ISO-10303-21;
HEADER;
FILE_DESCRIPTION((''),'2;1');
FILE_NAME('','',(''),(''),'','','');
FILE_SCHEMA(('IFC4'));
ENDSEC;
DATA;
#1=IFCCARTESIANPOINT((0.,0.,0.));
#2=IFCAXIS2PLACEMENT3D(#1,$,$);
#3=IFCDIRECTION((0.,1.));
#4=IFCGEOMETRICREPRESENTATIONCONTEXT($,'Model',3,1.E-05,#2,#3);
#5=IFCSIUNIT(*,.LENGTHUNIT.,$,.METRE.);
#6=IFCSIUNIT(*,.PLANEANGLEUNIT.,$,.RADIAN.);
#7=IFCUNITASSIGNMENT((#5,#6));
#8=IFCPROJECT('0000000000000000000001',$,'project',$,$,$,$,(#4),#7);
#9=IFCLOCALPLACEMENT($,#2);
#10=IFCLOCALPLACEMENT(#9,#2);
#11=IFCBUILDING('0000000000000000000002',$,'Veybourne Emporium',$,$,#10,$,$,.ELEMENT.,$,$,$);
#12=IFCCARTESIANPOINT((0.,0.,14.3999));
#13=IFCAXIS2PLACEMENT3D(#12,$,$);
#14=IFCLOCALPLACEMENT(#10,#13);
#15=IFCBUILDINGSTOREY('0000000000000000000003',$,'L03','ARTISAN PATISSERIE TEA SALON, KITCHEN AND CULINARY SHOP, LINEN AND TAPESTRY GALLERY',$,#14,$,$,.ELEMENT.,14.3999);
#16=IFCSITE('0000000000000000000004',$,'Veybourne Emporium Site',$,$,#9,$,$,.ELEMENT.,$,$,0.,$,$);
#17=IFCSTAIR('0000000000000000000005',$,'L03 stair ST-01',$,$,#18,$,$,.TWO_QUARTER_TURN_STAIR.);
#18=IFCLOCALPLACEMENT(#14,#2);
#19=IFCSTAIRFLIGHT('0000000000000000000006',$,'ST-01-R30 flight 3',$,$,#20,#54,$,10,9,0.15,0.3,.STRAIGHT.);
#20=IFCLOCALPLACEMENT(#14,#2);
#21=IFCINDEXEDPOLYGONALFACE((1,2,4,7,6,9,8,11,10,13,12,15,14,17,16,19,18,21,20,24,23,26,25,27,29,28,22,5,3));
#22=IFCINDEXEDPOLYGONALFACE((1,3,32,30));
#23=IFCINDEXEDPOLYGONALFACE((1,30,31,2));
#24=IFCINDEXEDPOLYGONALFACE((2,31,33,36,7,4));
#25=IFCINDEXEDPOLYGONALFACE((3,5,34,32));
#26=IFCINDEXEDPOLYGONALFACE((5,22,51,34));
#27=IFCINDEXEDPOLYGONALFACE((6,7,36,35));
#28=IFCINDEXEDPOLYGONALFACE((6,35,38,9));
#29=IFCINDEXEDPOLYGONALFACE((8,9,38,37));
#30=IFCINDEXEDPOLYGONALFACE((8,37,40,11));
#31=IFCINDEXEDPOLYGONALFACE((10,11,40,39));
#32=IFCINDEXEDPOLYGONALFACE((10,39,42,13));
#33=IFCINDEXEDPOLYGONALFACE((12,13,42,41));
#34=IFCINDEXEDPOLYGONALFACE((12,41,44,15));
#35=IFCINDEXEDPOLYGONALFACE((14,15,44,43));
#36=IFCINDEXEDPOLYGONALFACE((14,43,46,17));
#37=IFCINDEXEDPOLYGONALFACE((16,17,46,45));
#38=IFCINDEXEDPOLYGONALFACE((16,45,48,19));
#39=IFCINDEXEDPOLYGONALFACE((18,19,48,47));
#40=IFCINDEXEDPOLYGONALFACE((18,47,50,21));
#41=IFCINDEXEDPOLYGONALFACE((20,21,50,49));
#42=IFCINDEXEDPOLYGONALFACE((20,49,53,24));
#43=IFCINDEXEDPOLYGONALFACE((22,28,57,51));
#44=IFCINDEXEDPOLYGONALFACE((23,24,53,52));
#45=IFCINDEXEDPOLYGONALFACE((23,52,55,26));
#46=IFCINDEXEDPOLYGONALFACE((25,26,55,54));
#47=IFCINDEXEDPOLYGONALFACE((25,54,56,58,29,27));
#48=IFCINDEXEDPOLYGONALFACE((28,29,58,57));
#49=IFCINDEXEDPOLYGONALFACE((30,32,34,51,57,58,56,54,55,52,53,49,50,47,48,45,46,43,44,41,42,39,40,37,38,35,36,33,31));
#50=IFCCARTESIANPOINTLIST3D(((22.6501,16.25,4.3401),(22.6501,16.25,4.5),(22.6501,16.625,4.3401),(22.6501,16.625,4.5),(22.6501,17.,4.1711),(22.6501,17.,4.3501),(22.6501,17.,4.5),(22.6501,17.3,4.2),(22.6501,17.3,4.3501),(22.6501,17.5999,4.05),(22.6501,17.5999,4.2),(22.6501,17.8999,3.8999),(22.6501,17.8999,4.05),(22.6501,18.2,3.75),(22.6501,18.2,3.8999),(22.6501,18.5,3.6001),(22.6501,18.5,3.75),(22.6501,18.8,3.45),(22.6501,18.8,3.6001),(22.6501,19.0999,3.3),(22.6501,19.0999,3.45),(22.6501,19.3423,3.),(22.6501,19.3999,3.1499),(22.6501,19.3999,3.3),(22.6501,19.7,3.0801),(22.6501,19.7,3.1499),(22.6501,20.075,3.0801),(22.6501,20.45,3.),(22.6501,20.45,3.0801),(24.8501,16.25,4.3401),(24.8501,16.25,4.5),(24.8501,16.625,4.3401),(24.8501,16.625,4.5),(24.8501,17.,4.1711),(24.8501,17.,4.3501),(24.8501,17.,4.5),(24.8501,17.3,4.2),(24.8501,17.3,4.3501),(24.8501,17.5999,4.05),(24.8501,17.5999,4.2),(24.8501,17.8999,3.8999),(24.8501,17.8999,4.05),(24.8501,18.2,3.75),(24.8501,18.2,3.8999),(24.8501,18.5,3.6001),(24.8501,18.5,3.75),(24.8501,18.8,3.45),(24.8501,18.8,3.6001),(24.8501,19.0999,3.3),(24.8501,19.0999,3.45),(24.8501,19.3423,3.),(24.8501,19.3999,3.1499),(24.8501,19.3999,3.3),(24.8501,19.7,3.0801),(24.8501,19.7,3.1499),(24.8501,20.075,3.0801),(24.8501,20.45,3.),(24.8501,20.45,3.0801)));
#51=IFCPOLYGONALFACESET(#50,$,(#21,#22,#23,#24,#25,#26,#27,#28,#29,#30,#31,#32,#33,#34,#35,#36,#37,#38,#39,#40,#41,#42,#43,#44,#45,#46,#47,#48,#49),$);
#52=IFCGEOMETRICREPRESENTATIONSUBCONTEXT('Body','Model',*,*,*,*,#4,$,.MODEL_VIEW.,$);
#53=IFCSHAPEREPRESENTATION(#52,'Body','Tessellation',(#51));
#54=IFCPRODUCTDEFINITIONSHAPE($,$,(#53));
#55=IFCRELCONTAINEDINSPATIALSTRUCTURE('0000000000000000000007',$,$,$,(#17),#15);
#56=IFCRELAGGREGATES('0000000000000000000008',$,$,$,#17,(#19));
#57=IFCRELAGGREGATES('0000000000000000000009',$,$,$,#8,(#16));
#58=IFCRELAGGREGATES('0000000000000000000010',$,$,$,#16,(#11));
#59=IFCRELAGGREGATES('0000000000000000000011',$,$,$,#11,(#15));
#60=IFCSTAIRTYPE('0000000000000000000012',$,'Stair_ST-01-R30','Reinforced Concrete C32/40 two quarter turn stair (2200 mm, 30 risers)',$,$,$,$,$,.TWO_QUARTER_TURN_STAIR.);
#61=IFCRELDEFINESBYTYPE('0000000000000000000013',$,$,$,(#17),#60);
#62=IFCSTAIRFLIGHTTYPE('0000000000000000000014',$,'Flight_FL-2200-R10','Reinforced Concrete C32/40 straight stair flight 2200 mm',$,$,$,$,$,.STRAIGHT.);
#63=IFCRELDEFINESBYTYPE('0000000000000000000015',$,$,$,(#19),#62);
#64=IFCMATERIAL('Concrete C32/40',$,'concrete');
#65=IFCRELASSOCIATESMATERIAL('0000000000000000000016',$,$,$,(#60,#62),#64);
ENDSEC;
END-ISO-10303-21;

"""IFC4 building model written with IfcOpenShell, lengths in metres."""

from ifc_helpers import new_model, si_unit, direction, frame, origin, place, context, subcontext, project, spatial, polyline, outline, extrude, material, type_object, element, aggregate, save


model = new_model("IFC4")

# Units and contexts
model_context = context("Model", 3, precision=1e-05, world=origin(), true_north=direction((0.0, 1.0)))
body_context = subcontext(model_context, "Body", "Model", "MODEL_VIEW")
ifc_project = project(units=[si_unit("LENGTHUNIT", "METRE"), si_unit("PLANEANGLEUNIT", "RADIAN")], contexts=[model_context])

# Site, building, storey
site_placement = place(None, origin())
site = spatial("IfcSite", under=ifc_project, at=site_placement, Name="Veybourne Emporium Site", CompositionType="ELEMENT", RefElevation=0.0)
building_placement = place(site_placement, origin())
building = spatial("IfcBuilding", under=site, at=building_placement, Name="Veybourne Emporium", CompositionType="ELEMENT")
storey_placement = place(building_placement, frame((0.0, 0.0, 14.3999)))
storey = spatial("IfcBuildingStorey", under=building, at=storey_placement, Name="L03", Description="ARTISAN PATISSERIE TEA SALON, KITCHEN AND CULINARY SHOP, LINEN AND TAPESTRY GALLERY", CompositionType="ELEMENT", Elevation=14.3999)

# Shared definitions
ifc_material_1 = material(Name="Concrete C32/40", Category="concrete")

# Stair, stair flight
stair_type = type_object("IfcStairType", Name="Stair_ST-01-R30", Description="Reinforced Concrete C32/40 two quarter turn stair (2200 mm, 30 risers)", PredefinedType="TWO_QUARTER_TURN_STAIR", material=ifc_material_1)
stair_placement = place(storey_placement, origin())
stair = element("IfcStair", 1, at=stair_placement, inside=storey, type_object=stair_type, Name="L03 stair ST-01", PredefinedType="TWO_QUARTER_TURN_STAIR")
stair_flight_type = type_object("IfcStairFlightType", Name="Flight_FL-2200-R10", Description="Reinforced Concrete C32/40 straight stair flight 2200 mm", PredefinedType="STRAIGHT", material=ifc_material_1)
stair_flight_1_placement = place(storey_placement, frame((23.75, 19.7, 3.0), z_axis=(0.0, 0.0, 1.0), x_axis=(0.0, -1.0, 0.0)))
stair_flight_1 = element("IfcStairFlight", 2, at=stair_flight_1_placement, type_object=stair_flight_type, Name="ST-01-R30 flight 3", NumberOfRisers=10, NumberOfTreads=9, PredefinedType="STRAIGHT", RiserHeight=0.15, TreadLength=0.3, context=body_context, shape_type="SweptSolid", body=[
    extrude(outline(polyline([(-0.75, 0.0), (-0.75, 0.0801), (-0.375, 0.0801), (0.0, 0.0801), (0.0, 0.1499), (0.3, 0.1499), (0.3, 0.3), (0.6001, 0.3), (0.6001, 0.45), (0.8999, 0.45), (0.8999, 0.6001), (1.2, 0.6001), (1.2, 0.75), (1.5, 0.75), (1.5, 0.8999), (1.8, 0.8999), (1.8, 1.05), (2.1001, 1.05), (2.1001, 1.2), (2.3999, 1.2), (2.3999, 1.3501), (2.7, 1.3501), (2.7, 1.5), (3.075, 1.5), (3.45, 1.5), (3.45, 1.3401), (3.075, 1.3401), (2.7, 1.1711), (0.3577, 0.0), (-0.75, 0.0)])), frame((0.0, 1.1001, 0.0), z_axis=(0.0, -1.0, 0.0), x_axis=(1.0, 0.0, 0.0)), (0.0, 0.0, 1.0), 2.2),
])
aggregate(stair, [stair_flight_1])

save(model, "model.ifc")
